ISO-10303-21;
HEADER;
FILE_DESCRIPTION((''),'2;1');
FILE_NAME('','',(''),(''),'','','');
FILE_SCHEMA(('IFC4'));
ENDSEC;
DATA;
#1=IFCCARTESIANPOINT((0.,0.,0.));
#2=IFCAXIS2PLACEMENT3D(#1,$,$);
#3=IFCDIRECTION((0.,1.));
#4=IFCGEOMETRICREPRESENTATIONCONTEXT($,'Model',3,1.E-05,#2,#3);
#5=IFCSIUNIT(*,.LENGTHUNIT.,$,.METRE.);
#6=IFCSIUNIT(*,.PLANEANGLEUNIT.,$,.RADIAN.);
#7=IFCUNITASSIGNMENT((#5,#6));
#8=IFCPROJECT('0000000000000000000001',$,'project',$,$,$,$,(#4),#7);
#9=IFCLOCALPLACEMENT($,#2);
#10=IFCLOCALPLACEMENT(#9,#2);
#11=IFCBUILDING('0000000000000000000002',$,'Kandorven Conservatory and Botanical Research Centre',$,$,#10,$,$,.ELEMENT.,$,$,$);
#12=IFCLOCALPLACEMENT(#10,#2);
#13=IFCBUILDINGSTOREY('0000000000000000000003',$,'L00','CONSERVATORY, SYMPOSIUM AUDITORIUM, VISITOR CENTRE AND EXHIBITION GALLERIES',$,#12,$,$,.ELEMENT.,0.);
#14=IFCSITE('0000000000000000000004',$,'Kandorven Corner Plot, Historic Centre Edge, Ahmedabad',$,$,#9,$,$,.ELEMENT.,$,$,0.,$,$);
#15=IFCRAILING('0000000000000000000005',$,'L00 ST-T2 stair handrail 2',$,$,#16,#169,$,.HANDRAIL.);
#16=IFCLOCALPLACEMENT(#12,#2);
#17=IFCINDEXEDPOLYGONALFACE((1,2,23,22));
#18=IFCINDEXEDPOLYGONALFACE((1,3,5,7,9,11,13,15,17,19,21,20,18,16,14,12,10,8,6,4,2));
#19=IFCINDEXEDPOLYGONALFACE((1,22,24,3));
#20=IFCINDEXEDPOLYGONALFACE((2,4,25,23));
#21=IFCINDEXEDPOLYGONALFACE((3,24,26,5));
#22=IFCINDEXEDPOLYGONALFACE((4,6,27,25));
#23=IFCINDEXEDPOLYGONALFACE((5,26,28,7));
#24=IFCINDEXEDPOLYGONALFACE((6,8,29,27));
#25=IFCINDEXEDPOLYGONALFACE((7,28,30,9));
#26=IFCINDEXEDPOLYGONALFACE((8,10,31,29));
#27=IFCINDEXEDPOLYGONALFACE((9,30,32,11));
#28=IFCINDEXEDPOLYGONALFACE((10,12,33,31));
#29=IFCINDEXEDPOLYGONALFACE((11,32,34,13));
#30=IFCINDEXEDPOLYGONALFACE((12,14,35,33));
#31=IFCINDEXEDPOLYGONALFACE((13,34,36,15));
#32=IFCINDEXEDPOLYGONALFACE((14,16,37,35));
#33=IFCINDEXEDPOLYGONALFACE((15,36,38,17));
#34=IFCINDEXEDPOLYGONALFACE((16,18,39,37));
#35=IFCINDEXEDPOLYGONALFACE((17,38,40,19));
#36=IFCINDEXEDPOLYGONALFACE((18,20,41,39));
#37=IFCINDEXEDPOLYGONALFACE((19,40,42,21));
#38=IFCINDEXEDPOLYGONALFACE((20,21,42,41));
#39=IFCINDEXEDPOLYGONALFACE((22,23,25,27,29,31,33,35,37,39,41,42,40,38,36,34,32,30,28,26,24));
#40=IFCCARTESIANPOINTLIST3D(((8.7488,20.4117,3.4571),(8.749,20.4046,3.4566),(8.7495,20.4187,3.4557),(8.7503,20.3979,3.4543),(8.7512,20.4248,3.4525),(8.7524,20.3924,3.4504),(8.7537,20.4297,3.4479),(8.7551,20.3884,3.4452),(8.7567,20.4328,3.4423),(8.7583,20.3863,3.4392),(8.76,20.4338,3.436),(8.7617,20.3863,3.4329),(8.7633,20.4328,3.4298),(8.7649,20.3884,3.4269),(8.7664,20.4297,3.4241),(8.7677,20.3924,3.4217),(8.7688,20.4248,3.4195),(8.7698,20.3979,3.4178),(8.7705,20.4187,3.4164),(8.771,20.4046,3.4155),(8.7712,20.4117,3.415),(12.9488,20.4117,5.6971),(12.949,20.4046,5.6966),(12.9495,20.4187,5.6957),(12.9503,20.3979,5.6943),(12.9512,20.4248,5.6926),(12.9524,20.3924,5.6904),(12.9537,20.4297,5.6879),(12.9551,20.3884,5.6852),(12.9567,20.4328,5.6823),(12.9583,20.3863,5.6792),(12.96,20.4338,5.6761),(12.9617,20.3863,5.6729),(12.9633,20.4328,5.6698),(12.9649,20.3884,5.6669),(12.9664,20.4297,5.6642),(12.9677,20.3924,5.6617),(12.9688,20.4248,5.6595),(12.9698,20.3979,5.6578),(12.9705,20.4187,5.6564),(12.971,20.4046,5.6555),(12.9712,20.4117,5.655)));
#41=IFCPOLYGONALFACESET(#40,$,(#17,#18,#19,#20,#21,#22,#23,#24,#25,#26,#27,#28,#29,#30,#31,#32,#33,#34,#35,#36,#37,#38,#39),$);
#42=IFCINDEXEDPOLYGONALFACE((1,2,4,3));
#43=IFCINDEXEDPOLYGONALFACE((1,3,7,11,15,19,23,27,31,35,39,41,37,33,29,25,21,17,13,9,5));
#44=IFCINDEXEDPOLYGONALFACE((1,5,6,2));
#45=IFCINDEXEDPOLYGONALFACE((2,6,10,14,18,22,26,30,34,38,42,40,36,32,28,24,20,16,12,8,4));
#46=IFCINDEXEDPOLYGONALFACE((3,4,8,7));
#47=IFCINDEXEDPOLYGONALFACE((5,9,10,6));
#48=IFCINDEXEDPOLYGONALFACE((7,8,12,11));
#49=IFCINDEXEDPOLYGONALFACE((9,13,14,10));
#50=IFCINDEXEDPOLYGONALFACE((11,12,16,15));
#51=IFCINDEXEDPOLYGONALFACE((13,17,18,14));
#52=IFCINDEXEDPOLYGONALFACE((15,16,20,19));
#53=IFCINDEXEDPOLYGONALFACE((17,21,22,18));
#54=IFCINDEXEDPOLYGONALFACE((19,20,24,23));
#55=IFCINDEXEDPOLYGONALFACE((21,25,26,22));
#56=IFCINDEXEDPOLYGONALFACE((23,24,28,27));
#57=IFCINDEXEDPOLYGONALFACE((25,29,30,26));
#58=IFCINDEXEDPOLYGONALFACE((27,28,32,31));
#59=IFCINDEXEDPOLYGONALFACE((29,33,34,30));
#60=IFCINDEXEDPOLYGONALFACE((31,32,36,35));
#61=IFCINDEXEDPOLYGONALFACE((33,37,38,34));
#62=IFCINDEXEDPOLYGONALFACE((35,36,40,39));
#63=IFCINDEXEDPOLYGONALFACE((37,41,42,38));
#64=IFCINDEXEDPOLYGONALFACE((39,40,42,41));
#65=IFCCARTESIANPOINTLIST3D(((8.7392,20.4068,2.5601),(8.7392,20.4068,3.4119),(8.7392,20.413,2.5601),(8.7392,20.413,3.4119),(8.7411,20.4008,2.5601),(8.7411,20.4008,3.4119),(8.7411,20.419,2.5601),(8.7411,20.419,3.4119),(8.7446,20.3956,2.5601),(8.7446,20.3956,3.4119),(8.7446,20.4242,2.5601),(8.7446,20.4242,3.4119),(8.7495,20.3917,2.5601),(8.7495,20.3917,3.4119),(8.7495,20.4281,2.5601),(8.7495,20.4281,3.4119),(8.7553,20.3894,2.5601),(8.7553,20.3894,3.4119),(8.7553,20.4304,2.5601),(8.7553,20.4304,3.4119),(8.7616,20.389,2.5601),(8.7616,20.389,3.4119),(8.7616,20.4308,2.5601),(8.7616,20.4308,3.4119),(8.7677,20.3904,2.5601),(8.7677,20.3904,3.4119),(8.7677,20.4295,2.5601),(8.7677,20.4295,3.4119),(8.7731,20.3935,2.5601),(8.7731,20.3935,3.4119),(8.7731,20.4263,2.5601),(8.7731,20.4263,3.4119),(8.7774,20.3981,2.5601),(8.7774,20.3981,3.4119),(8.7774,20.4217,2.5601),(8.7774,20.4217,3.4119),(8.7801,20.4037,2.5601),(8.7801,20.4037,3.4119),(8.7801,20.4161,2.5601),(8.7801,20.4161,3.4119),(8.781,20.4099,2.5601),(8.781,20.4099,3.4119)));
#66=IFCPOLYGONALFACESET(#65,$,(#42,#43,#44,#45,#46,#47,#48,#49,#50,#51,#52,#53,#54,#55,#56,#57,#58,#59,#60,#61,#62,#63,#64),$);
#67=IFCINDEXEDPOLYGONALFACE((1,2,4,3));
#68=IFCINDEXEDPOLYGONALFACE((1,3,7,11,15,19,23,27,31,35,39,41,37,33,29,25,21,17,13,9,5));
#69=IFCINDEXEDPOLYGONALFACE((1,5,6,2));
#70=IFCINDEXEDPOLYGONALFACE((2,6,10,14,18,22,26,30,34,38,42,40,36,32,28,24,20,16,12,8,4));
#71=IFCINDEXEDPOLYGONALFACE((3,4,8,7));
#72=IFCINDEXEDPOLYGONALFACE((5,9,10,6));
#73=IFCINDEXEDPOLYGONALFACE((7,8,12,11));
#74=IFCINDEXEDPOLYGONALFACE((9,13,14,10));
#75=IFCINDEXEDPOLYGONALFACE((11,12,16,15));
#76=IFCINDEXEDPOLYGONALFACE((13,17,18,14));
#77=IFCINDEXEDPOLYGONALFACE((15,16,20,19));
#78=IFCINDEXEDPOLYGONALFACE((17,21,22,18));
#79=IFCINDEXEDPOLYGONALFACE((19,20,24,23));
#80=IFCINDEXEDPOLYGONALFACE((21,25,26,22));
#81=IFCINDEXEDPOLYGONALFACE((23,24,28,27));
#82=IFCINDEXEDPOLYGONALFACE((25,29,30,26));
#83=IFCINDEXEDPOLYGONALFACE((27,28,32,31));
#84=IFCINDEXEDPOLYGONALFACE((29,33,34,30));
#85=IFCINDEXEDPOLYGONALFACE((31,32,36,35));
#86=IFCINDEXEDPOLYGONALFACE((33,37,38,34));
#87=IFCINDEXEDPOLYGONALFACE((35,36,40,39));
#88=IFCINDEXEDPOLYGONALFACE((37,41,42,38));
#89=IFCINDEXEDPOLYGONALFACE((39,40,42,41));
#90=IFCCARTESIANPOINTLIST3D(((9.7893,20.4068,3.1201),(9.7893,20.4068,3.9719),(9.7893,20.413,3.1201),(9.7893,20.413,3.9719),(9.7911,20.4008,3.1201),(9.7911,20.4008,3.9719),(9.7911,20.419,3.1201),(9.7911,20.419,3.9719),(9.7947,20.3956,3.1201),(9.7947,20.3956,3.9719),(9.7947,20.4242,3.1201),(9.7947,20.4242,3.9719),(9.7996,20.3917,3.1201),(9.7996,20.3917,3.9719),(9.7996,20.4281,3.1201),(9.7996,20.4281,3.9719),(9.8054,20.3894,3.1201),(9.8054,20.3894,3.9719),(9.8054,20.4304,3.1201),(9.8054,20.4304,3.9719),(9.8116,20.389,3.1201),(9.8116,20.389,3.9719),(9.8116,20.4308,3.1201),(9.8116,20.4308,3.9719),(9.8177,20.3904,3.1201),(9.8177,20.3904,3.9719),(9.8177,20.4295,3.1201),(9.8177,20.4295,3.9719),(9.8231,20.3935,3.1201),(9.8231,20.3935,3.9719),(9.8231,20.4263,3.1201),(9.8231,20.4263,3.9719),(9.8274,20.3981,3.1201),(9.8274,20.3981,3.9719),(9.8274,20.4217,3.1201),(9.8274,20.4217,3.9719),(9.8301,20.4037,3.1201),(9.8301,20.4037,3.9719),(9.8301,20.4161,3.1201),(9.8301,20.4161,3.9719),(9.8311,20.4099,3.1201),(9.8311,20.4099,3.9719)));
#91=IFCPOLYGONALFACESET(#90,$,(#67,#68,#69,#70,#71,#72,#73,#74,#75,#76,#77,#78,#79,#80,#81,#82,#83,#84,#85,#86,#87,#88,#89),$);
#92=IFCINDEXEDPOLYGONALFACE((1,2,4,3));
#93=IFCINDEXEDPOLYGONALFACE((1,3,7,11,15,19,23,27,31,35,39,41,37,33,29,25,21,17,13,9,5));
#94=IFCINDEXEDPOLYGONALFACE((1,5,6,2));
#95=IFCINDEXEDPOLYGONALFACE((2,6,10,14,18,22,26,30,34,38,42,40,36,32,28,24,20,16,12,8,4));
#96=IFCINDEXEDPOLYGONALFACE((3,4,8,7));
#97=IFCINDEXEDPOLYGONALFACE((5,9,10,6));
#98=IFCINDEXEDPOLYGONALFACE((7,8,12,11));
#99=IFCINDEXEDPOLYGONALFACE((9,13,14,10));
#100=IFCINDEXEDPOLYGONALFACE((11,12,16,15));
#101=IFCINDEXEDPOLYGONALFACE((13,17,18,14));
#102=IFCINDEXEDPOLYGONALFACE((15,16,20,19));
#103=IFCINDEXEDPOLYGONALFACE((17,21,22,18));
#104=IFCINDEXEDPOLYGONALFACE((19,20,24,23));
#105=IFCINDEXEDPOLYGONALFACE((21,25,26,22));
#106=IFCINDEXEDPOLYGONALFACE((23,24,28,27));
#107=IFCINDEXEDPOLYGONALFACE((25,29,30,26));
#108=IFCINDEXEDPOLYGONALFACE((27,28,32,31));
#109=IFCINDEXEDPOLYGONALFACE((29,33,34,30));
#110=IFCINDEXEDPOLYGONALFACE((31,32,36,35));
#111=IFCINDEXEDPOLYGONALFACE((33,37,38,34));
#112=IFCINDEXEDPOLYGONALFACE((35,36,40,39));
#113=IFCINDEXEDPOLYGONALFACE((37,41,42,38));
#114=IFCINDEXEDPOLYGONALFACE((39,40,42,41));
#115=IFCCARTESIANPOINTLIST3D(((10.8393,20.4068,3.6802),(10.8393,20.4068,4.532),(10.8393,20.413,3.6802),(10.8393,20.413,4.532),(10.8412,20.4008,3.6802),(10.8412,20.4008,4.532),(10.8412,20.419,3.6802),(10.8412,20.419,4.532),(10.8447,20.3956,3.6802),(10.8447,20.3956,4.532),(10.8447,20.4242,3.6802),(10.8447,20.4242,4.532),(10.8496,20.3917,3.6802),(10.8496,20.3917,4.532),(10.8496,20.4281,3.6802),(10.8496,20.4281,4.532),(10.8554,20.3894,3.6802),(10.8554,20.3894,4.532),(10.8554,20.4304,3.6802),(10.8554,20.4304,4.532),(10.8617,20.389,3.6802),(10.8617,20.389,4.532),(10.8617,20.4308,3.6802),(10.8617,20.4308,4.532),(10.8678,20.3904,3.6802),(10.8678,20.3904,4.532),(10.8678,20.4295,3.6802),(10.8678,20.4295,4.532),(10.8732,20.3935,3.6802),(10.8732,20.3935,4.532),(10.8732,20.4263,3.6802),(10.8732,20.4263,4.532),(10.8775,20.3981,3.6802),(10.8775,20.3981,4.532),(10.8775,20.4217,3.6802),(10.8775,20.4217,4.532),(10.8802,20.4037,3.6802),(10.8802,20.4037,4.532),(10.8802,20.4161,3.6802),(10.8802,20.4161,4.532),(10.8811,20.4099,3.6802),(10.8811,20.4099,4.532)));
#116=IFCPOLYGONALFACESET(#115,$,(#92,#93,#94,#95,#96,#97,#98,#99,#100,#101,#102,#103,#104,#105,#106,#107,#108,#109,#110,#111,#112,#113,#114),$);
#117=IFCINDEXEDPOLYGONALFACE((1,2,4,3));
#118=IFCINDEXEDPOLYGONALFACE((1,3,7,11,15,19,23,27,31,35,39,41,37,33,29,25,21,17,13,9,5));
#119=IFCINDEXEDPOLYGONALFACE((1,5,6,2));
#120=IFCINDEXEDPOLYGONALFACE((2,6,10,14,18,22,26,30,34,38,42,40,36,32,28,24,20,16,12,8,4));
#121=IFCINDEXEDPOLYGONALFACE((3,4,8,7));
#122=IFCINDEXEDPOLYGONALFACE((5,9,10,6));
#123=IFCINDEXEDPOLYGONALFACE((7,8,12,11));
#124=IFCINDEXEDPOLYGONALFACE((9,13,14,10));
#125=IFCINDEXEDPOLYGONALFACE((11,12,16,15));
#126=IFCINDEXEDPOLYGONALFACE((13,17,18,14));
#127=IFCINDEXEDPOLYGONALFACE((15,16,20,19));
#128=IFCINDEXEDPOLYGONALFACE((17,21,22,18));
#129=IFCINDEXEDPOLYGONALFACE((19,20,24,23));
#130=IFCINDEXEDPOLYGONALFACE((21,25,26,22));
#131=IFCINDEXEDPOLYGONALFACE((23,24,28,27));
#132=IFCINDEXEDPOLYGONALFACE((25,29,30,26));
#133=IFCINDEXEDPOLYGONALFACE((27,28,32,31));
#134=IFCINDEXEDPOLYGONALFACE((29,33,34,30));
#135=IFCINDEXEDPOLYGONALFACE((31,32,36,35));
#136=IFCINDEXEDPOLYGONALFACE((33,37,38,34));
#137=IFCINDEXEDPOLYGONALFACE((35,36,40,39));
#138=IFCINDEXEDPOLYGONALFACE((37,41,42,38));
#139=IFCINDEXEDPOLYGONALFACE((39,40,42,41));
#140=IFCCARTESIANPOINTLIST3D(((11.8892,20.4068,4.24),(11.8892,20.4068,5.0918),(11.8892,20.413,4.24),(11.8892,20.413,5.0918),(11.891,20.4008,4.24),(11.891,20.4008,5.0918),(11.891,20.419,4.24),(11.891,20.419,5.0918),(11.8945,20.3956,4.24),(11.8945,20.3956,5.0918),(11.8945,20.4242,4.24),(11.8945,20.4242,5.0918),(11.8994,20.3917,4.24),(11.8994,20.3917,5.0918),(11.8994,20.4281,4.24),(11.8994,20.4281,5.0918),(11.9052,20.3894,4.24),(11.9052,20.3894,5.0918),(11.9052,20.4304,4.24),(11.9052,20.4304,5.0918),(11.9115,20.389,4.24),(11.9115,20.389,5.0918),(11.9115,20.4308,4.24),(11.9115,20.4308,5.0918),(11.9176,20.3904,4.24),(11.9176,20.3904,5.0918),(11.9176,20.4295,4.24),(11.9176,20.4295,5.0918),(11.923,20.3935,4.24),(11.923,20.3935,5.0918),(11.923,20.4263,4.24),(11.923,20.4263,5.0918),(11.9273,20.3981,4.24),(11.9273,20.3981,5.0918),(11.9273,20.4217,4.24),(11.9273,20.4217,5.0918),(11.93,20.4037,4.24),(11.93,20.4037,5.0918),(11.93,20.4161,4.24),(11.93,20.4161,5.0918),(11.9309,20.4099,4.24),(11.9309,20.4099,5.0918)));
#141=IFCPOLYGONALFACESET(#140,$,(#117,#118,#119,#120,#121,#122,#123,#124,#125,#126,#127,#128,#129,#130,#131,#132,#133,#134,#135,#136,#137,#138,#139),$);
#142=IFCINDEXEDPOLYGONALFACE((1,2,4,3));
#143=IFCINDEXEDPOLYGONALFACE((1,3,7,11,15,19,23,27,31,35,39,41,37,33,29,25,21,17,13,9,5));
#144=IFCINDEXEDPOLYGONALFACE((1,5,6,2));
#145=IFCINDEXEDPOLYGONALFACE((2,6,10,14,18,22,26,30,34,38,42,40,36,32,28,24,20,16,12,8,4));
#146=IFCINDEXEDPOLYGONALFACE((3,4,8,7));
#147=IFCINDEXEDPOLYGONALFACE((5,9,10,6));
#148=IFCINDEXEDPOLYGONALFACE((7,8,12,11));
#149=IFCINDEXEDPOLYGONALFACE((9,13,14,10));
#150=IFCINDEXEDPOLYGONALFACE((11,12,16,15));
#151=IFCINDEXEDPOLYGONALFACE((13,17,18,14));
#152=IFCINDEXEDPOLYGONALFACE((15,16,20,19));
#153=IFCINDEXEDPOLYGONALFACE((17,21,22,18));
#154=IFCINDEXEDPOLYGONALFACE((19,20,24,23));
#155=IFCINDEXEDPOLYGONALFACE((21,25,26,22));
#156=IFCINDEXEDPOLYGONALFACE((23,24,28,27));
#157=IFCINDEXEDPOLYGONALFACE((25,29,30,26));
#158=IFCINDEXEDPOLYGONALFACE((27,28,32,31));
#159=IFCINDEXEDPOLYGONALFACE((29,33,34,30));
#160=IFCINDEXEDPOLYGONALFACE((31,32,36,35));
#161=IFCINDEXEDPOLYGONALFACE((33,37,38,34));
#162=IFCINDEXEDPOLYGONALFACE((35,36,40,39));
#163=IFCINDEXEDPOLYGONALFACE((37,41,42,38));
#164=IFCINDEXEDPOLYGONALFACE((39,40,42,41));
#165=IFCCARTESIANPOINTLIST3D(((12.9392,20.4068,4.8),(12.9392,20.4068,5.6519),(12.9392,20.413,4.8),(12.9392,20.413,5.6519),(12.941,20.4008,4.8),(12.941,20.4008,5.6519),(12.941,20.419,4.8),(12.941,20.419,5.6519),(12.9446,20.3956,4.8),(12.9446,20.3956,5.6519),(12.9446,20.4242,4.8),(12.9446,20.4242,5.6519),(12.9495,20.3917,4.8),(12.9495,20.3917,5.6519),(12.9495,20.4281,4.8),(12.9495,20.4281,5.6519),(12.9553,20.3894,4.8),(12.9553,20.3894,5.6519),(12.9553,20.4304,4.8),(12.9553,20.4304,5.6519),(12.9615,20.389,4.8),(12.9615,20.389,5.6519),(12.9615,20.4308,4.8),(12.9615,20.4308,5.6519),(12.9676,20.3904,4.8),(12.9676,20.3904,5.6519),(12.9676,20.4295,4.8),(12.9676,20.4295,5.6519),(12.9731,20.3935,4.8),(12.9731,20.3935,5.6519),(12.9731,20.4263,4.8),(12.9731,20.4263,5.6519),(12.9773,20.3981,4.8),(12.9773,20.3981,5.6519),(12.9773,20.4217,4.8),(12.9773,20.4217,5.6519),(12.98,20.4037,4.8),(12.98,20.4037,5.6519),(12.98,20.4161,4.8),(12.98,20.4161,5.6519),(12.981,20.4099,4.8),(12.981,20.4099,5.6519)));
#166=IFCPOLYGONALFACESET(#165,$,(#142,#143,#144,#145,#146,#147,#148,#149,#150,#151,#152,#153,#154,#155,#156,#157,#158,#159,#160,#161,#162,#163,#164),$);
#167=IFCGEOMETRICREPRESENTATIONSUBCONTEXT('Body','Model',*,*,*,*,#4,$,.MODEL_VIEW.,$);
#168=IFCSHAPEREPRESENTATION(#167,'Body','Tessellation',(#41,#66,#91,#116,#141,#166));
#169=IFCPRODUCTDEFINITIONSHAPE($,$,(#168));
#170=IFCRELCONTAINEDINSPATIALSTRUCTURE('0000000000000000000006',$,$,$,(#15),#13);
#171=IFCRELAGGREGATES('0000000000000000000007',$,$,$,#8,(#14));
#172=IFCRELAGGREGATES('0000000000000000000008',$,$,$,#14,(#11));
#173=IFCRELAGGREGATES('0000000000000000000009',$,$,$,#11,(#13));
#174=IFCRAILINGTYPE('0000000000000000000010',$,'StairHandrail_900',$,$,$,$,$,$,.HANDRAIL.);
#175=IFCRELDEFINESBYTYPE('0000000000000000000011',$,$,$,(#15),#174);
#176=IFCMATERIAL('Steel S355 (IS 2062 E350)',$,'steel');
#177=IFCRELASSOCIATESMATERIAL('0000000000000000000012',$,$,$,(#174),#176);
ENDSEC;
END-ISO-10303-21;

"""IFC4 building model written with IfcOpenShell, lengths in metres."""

from ifc_helpers import new_model, si_unit, direction, frame, origin, origin_2d, place, context, subcontext, project, spatial, circle, extrude, material, type_object, element, save


model = new_model("IFC4")

# Units and contexts
model_context = context("Model", 3, precision=1e-05, world=origin(), true_north=direction((0.0, 1.0)))
body_context = subcontext(model_context, "Body", "Model", "MODEL_VIEW")
ifc_project = project(units=[si_unit("LENGTHUNIT", "METRE"), si_unit("PLANEANGLEUNIT", "RADIAN")], contexts=[model_context])

# Site, building, storey
site_placement = place(None, origin())
site = spatial("IfcSite", under=ifc_project, at=site_placement, Name="Kandorven Corner Plot, Historic Centre Edge, Ahmedabad", CompositionType="ELEMENT", RefElevation=0.0)
building_placement = place(site_placement, origin())
building = spatial("IfcBuilding", under=site, at=building_placement, Name="Kandorven Conservatory and Botanical Research Centre", CompositionType="ELEMENT")
storey_placement = place(building_placement, origin())
storey = spatial("IfcBuildingStorey", under=building, at=storey_placement, Name="L00", Description="CONSERVATORY, SYMPOSIUM AUDITORIUM, VISITOR CENTRE AND EXHIBITION GALLERIES", CompositionType="ELEMENT", Elevation=0.0)

# Railing
ifc_material_1 = material(Name="Steel S355 (IS 2062 E350)", Category="steel")
railing_type_1 = type_object("IfcRailingType", Name="StairHandrail_900", PredefinedType="HANDRAIL", material=ifc_material_1)
railing_1_placement = place(storey_placement, frame((8.76, 20.4099, 2.5601)))
element("IfcRailing", 1, at=railing_1_placement, inside=storey, type_object=railing_type_1, Name="L00 ST-T2 stair handrail 2", PredefinedType="HANDRAIL", context=body_context, shape_type="SweptSolid", body=[
    extrude(circle(Radius=0.0239, at=origin_2d()), frame((0.0, 0.0, 0.876), z_axis=(0.882352, 0.0, 0.470591), x_axis=(0.0, 1.0, 0.0)), (0.0, 0.0, 1.0), 4.76),
    extrude(circle(Radius=0.021, at=origin_2d()), origin(), (0.0, 0.0, 1.0), 0.8518),
    extrude(circle(Radius=0.021, at=origin_2d()), frame((1.05, 0.0, 0.5601)), (0.0, 0.0, 1.0), 0.8518),
    extrude(circle(Radius=0.021, at=origin_2d()), frame((2.1001, 0.0, 1.1201)), (0.0, 0.0, 1.0), 0.8518),
    extrude(circle(Radius=0.021, at=origin_2d()), frame((3.1499, 0.0, 1.6799)), (0.0, 0.0, 1.0), 0.8518),
    extrude(circle(Radius=0.021, at=origin_2d()), frame((4.2, 0.0, 2.24)), (0.0, 0.0, 1.0), 0.8518),
])

save(model, "model.ifc")
